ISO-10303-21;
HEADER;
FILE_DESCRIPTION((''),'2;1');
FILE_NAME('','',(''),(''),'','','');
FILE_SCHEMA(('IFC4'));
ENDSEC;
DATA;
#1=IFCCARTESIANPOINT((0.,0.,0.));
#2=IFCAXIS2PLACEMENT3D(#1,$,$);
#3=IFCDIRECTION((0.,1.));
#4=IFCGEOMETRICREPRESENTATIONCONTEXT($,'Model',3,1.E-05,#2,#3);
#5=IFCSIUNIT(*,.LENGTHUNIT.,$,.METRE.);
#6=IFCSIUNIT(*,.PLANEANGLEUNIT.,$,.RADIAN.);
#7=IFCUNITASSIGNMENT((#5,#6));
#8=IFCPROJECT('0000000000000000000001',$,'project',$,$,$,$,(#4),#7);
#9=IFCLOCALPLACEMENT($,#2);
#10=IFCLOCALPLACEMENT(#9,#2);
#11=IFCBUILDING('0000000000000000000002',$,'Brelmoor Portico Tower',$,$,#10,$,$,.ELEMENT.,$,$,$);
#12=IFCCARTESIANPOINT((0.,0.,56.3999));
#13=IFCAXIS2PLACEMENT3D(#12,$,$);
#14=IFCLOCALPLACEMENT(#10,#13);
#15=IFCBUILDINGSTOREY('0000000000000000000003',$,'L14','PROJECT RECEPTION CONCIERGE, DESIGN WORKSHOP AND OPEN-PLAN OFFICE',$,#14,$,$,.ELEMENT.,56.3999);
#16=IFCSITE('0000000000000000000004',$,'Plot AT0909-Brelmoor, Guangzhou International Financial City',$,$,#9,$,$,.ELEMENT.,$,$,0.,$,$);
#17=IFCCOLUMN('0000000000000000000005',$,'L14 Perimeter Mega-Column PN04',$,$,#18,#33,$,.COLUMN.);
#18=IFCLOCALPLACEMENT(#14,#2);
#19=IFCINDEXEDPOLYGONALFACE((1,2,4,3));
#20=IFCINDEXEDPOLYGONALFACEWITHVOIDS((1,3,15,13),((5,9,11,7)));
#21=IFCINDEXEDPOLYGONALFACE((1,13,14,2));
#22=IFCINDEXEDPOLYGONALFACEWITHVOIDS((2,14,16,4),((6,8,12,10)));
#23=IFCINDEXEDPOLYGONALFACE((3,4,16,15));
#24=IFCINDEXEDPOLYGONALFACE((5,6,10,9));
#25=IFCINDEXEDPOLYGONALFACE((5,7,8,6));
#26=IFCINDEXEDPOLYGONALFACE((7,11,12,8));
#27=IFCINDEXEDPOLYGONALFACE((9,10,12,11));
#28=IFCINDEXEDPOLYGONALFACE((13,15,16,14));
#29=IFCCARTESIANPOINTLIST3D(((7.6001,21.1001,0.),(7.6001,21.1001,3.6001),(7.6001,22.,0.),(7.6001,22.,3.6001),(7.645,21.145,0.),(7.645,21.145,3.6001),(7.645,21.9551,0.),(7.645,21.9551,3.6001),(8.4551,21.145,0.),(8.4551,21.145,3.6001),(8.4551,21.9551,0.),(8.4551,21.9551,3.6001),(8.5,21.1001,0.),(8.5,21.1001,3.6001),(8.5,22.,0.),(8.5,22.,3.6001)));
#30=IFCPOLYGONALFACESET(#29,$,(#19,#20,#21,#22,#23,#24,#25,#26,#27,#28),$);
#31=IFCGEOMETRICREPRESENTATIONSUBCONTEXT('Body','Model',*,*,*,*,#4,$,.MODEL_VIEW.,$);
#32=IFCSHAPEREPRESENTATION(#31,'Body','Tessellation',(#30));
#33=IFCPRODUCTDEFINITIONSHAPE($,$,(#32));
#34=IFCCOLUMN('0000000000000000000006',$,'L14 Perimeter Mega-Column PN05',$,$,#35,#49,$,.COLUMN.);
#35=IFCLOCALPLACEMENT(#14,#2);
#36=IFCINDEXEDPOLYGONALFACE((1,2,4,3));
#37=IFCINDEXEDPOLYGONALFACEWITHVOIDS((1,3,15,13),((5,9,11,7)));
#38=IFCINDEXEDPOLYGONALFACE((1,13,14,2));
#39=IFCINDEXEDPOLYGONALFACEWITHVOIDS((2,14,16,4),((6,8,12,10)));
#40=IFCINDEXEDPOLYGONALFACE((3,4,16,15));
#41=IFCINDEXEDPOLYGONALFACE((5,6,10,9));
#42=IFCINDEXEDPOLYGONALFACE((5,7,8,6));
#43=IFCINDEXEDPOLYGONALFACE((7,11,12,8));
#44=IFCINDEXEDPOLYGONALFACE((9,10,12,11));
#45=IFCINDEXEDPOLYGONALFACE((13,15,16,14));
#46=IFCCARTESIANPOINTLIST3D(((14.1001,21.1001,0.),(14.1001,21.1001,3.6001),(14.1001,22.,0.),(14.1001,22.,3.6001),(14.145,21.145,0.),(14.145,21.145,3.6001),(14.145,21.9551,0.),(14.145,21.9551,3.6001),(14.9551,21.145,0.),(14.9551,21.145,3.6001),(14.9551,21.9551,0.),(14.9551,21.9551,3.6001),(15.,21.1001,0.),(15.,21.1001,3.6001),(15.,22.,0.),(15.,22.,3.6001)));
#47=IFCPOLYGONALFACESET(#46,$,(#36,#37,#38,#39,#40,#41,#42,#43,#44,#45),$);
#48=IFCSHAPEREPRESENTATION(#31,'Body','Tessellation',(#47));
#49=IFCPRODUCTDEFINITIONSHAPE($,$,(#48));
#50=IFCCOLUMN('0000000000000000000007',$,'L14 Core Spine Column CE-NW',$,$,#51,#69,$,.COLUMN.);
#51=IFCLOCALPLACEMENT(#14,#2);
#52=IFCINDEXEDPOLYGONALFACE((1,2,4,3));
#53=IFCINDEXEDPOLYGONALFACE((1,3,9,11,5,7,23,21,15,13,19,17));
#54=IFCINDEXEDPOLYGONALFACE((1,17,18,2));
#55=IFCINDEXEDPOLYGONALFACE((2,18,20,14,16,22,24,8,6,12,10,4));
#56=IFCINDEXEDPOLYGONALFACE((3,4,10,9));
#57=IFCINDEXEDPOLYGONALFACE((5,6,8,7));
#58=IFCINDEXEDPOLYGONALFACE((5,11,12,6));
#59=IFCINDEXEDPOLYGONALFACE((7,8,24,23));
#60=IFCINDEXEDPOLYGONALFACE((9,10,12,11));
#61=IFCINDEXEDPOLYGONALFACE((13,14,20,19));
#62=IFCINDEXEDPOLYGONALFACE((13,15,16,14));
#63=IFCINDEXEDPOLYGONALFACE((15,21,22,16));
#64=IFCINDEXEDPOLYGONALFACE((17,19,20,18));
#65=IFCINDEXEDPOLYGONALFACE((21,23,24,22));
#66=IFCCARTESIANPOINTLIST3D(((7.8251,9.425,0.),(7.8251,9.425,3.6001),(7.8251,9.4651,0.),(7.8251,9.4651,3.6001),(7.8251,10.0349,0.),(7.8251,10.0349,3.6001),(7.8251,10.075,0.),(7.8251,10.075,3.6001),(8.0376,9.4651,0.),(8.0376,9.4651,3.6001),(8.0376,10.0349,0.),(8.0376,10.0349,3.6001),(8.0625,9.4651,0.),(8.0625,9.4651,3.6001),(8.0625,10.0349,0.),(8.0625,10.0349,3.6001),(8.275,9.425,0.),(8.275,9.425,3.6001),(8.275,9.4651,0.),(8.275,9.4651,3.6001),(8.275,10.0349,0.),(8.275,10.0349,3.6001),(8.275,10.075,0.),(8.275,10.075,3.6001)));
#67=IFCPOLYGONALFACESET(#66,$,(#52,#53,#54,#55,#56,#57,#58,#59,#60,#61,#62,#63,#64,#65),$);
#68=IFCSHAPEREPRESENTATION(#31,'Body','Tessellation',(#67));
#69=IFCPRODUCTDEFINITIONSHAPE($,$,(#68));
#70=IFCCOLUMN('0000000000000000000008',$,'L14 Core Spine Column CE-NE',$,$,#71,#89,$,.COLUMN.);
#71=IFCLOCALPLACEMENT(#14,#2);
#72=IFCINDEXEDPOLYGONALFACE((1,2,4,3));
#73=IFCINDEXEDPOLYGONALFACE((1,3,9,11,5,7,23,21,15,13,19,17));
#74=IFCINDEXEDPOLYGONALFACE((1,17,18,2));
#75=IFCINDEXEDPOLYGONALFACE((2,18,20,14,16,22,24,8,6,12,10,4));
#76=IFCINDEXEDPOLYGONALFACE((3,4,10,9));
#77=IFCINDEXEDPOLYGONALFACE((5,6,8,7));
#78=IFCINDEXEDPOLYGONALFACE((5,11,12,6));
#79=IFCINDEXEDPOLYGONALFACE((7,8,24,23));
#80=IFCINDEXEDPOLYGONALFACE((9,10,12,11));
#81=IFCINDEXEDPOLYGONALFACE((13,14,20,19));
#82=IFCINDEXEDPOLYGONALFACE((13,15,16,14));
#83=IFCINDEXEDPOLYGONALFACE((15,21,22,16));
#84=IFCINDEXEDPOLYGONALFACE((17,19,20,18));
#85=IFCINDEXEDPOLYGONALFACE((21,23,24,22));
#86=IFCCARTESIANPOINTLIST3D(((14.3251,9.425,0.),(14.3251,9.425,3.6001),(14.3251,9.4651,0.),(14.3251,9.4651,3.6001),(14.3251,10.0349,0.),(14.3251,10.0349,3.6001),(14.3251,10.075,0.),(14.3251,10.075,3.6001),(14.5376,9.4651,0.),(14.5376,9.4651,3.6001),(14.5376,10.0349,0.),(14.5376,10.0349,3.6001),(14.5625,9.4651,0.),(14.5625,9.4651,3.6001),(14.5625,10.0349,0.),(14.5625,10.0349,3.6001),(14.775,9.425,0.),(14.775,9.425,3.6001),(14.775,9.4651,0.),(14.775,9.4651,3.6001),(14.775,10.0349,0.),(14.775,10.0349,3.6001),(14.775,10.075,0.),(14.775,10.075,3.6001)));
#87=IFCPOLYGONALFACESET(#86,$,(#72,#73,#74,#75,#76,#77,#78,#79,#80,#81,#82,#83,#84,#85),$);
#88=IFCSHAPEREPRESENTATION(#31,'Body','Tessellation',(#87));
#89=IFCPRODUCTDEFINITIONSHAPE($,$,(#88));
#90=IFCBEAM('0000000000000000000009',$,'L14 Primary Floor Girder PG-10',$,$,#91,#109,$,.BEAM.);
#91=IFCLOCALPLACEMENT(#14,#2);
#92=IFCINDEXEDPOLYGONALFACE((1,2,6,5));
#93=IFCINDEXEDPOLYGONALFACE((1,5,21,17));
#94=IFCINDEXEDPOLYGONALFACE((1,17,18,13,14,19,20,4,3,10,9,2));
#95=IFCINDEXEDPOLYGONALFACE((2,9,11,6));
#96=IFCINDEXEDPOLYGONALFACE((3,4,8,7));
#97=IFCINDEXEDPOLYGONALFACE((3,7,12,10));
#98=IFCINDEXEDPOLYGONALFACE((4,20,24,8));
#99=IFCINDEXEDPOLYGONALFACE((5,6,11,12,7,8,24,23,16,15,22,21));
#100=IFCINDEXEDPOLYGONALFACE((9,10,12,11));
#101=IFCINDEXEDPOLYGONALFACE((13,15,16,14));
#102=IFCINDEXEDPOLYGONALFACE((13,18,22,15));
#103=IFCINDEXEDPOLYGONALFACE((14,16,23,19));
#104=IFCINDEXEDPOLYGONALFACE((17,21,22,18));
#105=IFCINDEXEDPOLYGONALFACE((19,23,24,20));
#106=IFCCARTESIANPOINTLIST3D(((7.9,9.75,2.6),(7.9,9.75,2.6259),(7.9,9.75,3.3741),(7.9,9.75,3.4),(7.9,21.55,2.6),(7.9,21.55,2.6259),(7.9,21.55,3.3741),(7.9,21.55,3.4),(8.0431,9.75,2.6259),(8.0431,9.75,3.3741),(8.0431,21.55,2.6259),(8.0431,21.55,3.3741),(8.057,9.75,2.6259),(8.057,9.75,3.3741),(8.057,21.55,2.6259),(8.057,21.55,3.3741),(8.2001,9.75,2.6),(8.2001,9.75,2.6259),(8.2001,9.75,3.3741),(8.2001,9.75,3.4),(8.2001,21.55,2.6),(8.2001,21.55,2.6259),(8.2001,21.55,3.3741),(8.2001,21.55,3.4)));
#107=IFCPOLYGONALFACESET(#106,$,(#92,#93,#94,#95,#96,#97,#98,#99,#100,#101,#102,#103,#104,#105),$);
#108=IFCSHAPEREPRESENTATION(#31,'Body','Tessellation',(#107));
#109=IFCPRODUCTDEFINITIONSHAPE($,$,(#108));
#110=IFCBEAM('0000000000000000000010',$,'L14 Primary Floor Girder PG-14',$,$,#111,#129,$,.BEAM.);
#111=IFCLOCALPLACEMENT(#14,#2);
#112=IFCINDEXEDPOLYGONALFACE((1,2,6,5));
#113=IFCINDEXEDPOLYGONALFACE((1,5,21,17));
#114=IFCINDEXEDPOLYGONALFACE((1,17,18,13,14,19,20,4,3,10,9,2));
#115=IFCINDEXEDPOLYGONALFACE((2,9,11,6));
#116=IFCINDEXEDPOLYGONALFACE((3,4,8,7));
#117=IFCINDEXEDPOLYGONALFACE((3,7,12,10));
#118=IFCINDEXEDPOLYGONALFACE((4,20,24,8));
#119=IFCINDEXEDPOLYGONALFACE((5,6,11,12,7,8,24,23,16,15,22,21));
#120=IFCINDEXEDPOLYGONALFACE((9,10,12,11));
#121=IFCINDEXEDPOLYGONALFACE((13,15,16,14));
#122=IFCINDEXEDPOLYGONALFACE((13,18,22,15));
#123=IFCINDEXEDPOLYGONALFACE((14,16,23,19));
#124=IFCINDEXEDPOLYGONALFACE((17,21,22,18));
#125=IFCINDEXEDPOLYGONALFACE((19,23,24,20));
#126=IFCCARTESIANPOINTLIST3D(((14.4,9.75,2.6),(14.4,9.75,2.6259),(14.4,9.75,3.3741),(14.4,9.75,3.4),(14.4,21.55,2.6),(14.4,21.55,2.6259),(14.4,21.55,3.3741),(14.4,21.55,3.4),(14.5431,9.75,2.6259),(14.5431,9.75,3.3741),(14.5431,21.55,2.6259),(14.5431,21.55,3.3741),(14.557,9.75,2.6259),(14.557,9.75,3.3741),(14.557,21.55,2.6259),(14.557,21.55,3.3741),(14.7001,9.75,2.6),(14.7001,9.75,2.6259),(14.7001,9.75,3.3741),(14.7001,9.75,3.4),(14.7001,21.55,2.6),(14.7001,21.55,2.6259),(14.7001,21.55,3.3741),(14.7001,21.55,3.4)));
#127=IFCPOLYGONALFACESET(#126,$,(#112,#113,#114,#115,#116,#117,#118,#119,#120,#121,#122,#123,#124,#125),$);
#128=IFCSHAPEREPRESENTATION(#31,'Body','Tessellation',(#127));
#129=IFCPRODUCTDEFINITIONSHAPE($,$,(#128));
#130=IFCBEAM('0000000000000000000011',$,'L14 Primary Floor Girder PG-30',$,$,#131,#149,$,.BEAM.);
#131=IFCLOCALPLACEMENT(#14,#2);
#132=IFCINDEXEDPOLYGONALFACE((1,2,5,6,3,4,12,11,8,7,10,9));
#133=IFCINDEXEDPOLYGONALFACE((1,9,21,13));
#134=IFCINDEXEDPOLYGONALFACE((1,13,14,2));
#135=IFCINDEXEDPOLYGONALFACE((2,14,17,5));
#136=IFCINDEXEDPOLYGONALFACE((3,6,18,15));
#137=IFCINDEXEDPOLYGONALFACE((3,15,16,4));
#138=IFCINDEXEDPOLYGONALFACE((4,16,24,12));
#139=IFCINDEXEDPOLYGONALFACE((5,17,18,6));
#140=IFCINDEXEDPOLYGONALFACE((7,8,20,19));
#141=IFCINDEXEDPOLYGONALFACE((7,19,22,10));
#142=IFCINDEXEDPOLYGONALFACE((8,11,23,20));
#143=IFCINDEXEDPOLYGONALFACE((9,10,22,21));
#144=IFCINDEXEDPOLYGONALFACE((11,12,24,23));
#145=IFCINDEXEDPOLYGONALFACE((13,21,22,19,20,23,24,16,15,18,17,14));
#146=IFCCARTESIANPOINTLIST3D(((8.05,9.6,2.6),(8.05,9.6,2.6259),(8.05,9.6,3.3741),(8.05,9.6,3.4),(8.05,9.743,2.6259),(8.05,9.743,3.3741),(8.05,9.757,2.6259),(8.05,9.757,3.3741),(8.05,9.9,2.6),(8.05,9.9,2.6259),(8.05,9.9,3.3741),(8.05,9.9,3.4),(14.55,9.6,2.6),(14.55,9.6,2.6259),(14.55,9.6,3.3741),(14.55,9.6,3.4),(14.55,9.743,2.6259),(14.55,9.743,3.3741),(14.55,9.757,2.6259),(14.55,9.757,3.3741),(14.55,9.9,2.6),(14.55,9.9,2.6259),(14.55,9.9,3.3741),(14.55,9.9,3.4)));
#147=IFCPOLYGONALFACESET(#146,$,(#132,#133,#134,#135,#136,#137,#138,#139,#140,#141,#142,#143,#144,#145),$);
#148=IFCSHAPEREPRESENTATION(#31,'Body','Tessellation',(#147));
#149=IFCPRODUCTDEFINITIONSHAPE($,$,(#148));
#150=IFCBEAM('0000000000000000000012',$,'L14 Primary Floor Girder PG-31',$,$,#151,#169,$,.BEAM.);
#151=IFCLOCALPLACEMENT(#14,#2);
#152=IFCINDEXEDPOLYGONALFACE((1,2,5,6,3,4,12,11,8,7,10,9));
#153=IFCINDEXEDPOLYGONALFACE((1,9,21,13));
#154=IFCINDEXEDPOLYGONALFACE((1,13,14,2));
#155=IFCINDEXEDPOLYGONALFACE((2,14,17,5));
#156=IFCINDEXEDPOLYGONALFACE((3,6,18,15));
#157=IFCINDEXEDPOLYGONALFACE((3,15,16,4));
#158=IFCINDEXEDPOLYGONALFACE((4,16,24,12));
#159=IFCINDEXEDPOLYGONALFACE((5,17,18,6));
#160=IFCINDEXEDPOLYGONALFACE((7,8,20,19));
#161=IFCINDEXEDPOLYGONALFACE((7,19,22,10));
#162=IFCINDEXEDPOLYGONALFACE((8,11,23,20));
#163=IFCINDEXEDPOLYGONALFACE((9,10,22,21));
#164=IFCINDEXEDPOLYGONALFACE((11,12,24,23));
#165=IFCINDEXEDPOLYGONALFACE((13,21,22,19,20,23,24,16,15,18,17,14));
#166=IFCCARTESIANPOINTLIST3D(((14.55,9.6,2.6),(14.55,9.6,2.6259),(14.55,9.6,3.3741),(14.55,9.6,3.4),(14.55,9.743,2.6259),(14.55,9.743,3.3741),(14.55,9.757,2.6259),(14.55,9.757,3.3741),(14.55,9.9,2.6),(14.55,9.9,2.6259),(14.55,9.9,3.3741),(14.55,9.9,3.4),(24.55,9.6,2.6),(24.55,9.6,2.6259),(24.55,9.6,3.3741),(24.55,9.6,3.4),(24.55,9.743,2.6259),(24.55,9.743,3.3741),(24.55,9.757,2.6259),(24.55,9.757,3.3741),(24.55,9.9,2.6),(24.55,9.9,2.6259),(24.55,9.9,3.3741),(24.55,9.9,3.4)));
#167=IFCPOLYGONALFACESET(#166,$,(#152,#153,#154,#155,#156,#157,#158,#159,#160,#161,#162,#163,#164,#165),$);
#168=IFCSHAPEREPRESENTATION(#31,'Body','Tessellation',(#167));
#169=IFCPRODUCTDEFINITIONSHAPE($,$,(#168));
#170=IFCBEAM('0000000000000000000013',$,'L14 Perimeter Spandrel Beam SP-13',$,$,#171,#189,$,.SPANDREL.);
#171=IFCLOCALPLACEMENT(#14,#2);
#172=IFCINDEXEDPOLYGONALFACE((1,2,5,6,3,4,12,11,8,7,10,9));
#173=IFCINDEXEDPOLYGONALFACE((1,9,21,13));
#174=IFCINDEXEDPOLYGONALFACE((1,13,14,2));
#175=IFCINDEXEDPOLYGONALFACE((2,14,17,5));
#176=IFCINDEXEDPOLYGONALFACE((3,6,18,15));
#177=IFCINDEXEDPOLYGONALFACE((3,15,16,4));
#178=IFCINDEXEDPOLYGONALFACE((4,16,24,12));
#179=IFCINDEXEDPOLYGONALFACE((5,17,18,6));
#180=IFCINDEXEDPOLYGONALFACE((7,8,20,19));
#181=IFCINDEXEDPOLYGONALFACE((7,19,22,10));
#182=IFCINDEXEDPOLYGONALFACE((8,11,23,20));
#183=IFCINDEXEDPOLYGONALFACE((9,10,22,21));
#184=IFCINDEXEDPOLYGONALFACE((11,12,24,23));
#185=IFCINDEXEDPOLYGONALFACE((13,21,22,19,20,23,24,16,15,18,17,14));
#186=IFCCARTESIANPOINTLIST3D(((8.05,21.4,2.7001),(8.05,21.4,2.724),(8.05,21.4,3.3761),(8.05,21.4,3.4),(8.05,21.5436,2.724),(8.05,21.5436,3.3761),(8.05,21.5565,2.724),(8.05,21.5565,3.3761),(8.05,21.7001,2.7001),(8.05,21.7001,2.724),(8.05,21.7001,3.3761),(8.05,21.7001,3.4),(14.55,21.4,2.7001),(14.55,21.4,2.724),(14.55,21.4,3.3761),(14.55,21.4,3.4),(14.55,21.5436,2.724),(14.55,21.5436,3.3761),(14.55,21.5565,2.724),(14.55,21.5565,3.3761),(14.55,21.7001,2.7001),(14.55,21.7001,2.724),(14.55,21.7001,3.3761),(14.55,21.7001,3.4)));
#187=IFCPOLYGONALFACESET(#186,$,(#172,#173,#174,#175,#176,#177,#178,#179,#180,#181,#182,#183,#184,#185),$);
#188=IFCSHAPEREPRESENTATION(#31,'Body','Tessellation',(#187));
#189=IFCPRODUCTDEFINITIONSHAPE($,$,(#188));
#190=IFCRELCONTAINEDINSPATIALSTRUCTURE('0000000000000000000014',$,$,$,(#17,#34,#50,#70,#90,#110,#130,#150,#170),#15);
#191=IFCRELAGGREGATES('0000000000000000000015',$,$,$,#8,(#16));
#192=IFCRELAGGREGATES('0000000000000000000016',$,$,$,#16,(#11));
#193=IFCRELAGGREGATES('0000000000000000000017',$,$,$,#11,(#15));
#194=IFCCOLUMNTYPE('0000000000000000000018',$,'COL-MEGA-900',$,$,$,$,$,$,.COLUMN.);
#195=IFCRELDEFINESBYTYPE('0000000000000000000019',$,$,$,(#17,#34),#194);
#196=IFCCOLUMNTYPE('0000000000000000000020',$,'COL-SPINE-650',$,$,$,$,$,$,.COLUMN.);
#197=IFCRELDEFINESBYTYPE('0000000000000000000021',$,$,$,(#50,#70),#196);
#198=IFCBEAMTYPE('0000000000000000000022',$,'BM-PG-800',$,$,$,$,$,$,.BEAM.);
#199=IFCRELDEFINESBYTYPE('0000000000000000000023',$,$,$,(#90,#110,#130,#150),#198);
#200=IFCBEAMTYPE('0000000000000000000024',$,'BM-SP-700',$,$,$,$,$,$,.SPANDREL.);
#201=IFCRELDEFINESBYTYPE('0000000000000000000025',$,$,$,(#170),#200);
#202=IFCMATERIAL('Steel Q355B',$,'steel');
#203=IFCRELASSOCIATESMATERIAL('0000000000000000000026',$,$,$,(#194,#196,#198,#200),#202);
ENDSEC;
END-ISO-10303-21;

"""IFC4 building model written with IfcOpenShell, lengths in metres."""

from ifc_helpers import new_model, si_unit, direction, frame, origin, origin_2d, place, context, subcontext, project, spatial, hollow_rectangle, i_section, extrude, material, material_profile, profile_set, type_object, element, save


model = new_model("IFC4")

# Units and contexts
model_context = context("Model", 3, precision=1e-05, world=origin(), true_north=direction((0.0, 1.0)))
body_context = subcontext(model_context, "Body", "Model", "MODEL_VIEW")
ifc_project = project(units=[si_unit("LENGTHUNIT", "METRE"), si_unit("PLANEANGLEUNIT", "RADIAN")], contexts=[model_context])

# Site, building, storey
site_placement = place(None, origin())
site = spatial("IfcSite", under=ifc_project, at=site_placement, Name="Plot AT0909-Brelmoor, Guangzhou International Financial City", CompositionType="ELEMENT", RefElevation=0.0)
building_placement = place(site_placement, origin())
building = spatial("IfcBuilding", under=site, at=building_placement, Name="Brelmoor Portico Tower", CompositionType="ELEMENT")
storey_placement = place(building_placement, frame((0.0, 0.0, 56.3999)))
storey = spatial("IfcBuildingStorey", under=building, at=storey_placement, Name="L14", Description="PROJECT RECEPTION CONCIERGE, DESIGN WORKSHOP AND OPEN-PLAN OFFICE", CompositionType="ELEMENT", Elevation=56.3999)

# Columns
ifc_material_1 = material(Name="Steel Q355B", Category="steel")
ifc_material_profile_1 = material_profile(ifc_material_1, hollow_rectangle(XDim=0.8999, YDim=0.8999, WallThickness=0.0449, at=origin_2d()), Name="BOX 900x900x45")
ifc_profile_set_1 = profile_set([ifc_material_profile_1], Name="Steel Q355B")
column_type_1 = type_object("IfcColumnType", Name="COL-MEGA-900", PredefinedType="COLUMN", material=ifc_profile_set_1)
for number, where, z_axis, x_axis, name in (
    (1, (8.05, 21.55, 0.0), (0.0, 0.0, 1.0), (1.0, 0.0, 0.0), "L14 Perimeter Mega-Column PN04"),
    (2, (14.55, 21.55, 0.0), (0.0, 0.0, 1.0), (1.0, 0.0, 0.0), "L14 Perimeter Mega-Column PN05"),
):
    element("IfcColumn", number, at=place(storey_placement, frame(where, z_axis=z_axis, x_axis=x_axis)), inside=storey, type_object=column_type_1, Name=name, PredefinedType="COLUMN", context=body_context, shape_type="SweptSolid", body=[
        extrude(hollow_rectangle(XDim=0.8999, YDim=0.8999, WallThickness=0.0449, at=origin_2d()), origin(), (0.0, 0.0, 1.0), 3.6001),
    ])
ifc_material_profile_2 = material_profile(ifc_material_1, i_section(OverallWidth=0.45, OverallDepth=0.6499, WebThickness=0.0249, FlangeThickness=0.04, at=origin_2d()), Name="HW 650x450x25x40")
ifc_profile_set_2 = profile_set([ifc_material_profile_2], Name="Steel Q355B")
column_type_2 = type_object("IfcColumnType", Name="COL-SPINE-650", PredefinedType="COLUMN", material=ifc_profile_set_2)
for number, where, z_axis, x_axis, name in (
    (3, (8.05, 9.75, 0.0), (0.0, 0.0, 1.0), (1.0, 0.0, 0.0), "L14 Core Spine Column CE-NW"),
    (4, (14.55, 9.75, 0.0), (0.0, 0.0, 1.0), (1.0, 0.0, 0.0), "L14 Core Spine Column CE-NE"),
):
    element("IfcColumn", number, at=place(storey_placement, frame(where, z_axis=z_axis, x_axis=x_axis)), inside=storey, type_object=column_type_2, Name=name, PredefinedType="COLUMN", context=body_context, shape_type="SweptSolid", body=[
        extrude(i_section(OverallWidth=0.45, OverallDepth=0.6499, WebThickness=0.0249, FlangeThickness=0.04, at=origin_2d()), origin(), (0.0, 0.0, 1.0), 3.6001),
    ])

# Beams
ifc_material_profile_3 = material_profile(ifc_material_1, i_section(OverallWidth=0.3, OverallDepth=0.8, WebThickness=0.0139, FlangeThickness=0.0259, at=origin_2d()), Name="HN 800x300x14x26")
ifc_profile_set_3 = profile_set([ifc_material_profile_3], Name="Steel Q355B")
beam_type_1 = type_object("IfcBeamType", Name="BM-PG-800", PredefinedType="BEAM", material=ifc_profile_set_3)
for number, where, z_axis, x_axis, name in (
    (5, (8.05, 9.75, 3.0), (0.0, 1.0, 0.0), (-1.0, 0.0, 0.0), "L14 Primary Floor Girder PG-10"),
    (6, (14.55, 9.75, 3.0), (0.0, 1.0, 0.0), (-1.0, 0.0, 0.0), "L14 Primary Floor Girder PG-14"),
):
    element("IfcBeam", number, at=place(storey_placement, frame(where, z_axis=z_axis, x_axis=x_axis)), inside=storey, type_object=beam_type_1, Name=name, PredefinedType="BEAM", context=body_context, shape_type="SweptSolid", body=[
        extrude(i_section(OverallWidth=0.3, OverallDepth=0.8, WebThickness=0.0139, FlangeThickness=0.0259, at=origin_2d()), origin(), (0.0, 0.0, 1.0), 11.8),
    ])
beam_1_placement = place(storey_placement, frame((8.05, 9.75, 3.0), z_axis=(1.0, 0.0, 0.0), x_axis=(0.0, 1.0, 0.0)))
element("IfcBeam", 7, at=beam_1_placement, inside=storey, type_object=beam_type_1, Name="L14 Primary Floor Girder PG-30", PredefinedType="BEAM", context=body_context, shape_type="SweptSolid", body=[
    extrude(i_section(OverallWidth=0.3, OverallDepth=0.8, WebThickness=0.0139, FlangeThickness=0.0259, at=origin_2d()), origin(), (0.0, 0.0, 1.0), 6.5),
])
beam_2_placement = place(storey_placement, frame((14.55, 9.75, 3.0), z_axis=(1.0, 0.0, 0.0), x_axis=(0.0, 1.0, 0.0)))
element("IfcBeam", 8, at=beam_2_placement, inside=storey, type_object=beam_type_1, Name="L14 Primary Floor Girder PG-31", PredefinedType="BEAM", context=body_context, shape_type="SweptSolid", body=[
    extrude(i_section(OverallWidth=0.3, OverallDepth=0.8, WebThickness=0.0139, FlangeThickness=0.0259, at=origin_2d()), origin(), (0.0, 0.0, 1.0), 10.0),
])
ifc_material_profile_4 = material_profile(ifc_material_1, i_section(OverallWidth=0.3, OverallDepth=0.7, WebThickness=0.0129, FlangeThickness=0.0239, at=origin_2d()), Name="HN 700x300x13x24")
ifc_profile_set_4 = profile_set([ifc_material_profile_4], Name="Steel Q355B")
beam_type_2 = type_object("IfcBeamType", Name="BM-SP-700", PredefinedType="SPANDREL", material=ifc_profile_set_4)
for number, where, z_axis, x_axis, name in (
    (9, (8.05, 21.55, 3.05), (1.0, 0.0, 0.0), (0.0, 1.0, 0.0), "L14 Perimeter Spandrel Beam SP-13"),
):
    element("IfcBeam", number, at=place(storey_placement, frame(where, z_axis=z_axis, x_axis=x_axis)), inside=storey, type_object=beam_type_2, Name=name, PredefinedType="SPANDREL", context=body_context, shape_type="SweptSolid", body=[
        extrude(i_section(OverallWidth=0.3, OverallDepth=0.7, WebThickness=0.0129, FlangeThickness=0.0239, at=origin_2d()), origin(), (0.0, 0.0, 1.0), 6.5),
    ])

save(model, "model.ifc")
